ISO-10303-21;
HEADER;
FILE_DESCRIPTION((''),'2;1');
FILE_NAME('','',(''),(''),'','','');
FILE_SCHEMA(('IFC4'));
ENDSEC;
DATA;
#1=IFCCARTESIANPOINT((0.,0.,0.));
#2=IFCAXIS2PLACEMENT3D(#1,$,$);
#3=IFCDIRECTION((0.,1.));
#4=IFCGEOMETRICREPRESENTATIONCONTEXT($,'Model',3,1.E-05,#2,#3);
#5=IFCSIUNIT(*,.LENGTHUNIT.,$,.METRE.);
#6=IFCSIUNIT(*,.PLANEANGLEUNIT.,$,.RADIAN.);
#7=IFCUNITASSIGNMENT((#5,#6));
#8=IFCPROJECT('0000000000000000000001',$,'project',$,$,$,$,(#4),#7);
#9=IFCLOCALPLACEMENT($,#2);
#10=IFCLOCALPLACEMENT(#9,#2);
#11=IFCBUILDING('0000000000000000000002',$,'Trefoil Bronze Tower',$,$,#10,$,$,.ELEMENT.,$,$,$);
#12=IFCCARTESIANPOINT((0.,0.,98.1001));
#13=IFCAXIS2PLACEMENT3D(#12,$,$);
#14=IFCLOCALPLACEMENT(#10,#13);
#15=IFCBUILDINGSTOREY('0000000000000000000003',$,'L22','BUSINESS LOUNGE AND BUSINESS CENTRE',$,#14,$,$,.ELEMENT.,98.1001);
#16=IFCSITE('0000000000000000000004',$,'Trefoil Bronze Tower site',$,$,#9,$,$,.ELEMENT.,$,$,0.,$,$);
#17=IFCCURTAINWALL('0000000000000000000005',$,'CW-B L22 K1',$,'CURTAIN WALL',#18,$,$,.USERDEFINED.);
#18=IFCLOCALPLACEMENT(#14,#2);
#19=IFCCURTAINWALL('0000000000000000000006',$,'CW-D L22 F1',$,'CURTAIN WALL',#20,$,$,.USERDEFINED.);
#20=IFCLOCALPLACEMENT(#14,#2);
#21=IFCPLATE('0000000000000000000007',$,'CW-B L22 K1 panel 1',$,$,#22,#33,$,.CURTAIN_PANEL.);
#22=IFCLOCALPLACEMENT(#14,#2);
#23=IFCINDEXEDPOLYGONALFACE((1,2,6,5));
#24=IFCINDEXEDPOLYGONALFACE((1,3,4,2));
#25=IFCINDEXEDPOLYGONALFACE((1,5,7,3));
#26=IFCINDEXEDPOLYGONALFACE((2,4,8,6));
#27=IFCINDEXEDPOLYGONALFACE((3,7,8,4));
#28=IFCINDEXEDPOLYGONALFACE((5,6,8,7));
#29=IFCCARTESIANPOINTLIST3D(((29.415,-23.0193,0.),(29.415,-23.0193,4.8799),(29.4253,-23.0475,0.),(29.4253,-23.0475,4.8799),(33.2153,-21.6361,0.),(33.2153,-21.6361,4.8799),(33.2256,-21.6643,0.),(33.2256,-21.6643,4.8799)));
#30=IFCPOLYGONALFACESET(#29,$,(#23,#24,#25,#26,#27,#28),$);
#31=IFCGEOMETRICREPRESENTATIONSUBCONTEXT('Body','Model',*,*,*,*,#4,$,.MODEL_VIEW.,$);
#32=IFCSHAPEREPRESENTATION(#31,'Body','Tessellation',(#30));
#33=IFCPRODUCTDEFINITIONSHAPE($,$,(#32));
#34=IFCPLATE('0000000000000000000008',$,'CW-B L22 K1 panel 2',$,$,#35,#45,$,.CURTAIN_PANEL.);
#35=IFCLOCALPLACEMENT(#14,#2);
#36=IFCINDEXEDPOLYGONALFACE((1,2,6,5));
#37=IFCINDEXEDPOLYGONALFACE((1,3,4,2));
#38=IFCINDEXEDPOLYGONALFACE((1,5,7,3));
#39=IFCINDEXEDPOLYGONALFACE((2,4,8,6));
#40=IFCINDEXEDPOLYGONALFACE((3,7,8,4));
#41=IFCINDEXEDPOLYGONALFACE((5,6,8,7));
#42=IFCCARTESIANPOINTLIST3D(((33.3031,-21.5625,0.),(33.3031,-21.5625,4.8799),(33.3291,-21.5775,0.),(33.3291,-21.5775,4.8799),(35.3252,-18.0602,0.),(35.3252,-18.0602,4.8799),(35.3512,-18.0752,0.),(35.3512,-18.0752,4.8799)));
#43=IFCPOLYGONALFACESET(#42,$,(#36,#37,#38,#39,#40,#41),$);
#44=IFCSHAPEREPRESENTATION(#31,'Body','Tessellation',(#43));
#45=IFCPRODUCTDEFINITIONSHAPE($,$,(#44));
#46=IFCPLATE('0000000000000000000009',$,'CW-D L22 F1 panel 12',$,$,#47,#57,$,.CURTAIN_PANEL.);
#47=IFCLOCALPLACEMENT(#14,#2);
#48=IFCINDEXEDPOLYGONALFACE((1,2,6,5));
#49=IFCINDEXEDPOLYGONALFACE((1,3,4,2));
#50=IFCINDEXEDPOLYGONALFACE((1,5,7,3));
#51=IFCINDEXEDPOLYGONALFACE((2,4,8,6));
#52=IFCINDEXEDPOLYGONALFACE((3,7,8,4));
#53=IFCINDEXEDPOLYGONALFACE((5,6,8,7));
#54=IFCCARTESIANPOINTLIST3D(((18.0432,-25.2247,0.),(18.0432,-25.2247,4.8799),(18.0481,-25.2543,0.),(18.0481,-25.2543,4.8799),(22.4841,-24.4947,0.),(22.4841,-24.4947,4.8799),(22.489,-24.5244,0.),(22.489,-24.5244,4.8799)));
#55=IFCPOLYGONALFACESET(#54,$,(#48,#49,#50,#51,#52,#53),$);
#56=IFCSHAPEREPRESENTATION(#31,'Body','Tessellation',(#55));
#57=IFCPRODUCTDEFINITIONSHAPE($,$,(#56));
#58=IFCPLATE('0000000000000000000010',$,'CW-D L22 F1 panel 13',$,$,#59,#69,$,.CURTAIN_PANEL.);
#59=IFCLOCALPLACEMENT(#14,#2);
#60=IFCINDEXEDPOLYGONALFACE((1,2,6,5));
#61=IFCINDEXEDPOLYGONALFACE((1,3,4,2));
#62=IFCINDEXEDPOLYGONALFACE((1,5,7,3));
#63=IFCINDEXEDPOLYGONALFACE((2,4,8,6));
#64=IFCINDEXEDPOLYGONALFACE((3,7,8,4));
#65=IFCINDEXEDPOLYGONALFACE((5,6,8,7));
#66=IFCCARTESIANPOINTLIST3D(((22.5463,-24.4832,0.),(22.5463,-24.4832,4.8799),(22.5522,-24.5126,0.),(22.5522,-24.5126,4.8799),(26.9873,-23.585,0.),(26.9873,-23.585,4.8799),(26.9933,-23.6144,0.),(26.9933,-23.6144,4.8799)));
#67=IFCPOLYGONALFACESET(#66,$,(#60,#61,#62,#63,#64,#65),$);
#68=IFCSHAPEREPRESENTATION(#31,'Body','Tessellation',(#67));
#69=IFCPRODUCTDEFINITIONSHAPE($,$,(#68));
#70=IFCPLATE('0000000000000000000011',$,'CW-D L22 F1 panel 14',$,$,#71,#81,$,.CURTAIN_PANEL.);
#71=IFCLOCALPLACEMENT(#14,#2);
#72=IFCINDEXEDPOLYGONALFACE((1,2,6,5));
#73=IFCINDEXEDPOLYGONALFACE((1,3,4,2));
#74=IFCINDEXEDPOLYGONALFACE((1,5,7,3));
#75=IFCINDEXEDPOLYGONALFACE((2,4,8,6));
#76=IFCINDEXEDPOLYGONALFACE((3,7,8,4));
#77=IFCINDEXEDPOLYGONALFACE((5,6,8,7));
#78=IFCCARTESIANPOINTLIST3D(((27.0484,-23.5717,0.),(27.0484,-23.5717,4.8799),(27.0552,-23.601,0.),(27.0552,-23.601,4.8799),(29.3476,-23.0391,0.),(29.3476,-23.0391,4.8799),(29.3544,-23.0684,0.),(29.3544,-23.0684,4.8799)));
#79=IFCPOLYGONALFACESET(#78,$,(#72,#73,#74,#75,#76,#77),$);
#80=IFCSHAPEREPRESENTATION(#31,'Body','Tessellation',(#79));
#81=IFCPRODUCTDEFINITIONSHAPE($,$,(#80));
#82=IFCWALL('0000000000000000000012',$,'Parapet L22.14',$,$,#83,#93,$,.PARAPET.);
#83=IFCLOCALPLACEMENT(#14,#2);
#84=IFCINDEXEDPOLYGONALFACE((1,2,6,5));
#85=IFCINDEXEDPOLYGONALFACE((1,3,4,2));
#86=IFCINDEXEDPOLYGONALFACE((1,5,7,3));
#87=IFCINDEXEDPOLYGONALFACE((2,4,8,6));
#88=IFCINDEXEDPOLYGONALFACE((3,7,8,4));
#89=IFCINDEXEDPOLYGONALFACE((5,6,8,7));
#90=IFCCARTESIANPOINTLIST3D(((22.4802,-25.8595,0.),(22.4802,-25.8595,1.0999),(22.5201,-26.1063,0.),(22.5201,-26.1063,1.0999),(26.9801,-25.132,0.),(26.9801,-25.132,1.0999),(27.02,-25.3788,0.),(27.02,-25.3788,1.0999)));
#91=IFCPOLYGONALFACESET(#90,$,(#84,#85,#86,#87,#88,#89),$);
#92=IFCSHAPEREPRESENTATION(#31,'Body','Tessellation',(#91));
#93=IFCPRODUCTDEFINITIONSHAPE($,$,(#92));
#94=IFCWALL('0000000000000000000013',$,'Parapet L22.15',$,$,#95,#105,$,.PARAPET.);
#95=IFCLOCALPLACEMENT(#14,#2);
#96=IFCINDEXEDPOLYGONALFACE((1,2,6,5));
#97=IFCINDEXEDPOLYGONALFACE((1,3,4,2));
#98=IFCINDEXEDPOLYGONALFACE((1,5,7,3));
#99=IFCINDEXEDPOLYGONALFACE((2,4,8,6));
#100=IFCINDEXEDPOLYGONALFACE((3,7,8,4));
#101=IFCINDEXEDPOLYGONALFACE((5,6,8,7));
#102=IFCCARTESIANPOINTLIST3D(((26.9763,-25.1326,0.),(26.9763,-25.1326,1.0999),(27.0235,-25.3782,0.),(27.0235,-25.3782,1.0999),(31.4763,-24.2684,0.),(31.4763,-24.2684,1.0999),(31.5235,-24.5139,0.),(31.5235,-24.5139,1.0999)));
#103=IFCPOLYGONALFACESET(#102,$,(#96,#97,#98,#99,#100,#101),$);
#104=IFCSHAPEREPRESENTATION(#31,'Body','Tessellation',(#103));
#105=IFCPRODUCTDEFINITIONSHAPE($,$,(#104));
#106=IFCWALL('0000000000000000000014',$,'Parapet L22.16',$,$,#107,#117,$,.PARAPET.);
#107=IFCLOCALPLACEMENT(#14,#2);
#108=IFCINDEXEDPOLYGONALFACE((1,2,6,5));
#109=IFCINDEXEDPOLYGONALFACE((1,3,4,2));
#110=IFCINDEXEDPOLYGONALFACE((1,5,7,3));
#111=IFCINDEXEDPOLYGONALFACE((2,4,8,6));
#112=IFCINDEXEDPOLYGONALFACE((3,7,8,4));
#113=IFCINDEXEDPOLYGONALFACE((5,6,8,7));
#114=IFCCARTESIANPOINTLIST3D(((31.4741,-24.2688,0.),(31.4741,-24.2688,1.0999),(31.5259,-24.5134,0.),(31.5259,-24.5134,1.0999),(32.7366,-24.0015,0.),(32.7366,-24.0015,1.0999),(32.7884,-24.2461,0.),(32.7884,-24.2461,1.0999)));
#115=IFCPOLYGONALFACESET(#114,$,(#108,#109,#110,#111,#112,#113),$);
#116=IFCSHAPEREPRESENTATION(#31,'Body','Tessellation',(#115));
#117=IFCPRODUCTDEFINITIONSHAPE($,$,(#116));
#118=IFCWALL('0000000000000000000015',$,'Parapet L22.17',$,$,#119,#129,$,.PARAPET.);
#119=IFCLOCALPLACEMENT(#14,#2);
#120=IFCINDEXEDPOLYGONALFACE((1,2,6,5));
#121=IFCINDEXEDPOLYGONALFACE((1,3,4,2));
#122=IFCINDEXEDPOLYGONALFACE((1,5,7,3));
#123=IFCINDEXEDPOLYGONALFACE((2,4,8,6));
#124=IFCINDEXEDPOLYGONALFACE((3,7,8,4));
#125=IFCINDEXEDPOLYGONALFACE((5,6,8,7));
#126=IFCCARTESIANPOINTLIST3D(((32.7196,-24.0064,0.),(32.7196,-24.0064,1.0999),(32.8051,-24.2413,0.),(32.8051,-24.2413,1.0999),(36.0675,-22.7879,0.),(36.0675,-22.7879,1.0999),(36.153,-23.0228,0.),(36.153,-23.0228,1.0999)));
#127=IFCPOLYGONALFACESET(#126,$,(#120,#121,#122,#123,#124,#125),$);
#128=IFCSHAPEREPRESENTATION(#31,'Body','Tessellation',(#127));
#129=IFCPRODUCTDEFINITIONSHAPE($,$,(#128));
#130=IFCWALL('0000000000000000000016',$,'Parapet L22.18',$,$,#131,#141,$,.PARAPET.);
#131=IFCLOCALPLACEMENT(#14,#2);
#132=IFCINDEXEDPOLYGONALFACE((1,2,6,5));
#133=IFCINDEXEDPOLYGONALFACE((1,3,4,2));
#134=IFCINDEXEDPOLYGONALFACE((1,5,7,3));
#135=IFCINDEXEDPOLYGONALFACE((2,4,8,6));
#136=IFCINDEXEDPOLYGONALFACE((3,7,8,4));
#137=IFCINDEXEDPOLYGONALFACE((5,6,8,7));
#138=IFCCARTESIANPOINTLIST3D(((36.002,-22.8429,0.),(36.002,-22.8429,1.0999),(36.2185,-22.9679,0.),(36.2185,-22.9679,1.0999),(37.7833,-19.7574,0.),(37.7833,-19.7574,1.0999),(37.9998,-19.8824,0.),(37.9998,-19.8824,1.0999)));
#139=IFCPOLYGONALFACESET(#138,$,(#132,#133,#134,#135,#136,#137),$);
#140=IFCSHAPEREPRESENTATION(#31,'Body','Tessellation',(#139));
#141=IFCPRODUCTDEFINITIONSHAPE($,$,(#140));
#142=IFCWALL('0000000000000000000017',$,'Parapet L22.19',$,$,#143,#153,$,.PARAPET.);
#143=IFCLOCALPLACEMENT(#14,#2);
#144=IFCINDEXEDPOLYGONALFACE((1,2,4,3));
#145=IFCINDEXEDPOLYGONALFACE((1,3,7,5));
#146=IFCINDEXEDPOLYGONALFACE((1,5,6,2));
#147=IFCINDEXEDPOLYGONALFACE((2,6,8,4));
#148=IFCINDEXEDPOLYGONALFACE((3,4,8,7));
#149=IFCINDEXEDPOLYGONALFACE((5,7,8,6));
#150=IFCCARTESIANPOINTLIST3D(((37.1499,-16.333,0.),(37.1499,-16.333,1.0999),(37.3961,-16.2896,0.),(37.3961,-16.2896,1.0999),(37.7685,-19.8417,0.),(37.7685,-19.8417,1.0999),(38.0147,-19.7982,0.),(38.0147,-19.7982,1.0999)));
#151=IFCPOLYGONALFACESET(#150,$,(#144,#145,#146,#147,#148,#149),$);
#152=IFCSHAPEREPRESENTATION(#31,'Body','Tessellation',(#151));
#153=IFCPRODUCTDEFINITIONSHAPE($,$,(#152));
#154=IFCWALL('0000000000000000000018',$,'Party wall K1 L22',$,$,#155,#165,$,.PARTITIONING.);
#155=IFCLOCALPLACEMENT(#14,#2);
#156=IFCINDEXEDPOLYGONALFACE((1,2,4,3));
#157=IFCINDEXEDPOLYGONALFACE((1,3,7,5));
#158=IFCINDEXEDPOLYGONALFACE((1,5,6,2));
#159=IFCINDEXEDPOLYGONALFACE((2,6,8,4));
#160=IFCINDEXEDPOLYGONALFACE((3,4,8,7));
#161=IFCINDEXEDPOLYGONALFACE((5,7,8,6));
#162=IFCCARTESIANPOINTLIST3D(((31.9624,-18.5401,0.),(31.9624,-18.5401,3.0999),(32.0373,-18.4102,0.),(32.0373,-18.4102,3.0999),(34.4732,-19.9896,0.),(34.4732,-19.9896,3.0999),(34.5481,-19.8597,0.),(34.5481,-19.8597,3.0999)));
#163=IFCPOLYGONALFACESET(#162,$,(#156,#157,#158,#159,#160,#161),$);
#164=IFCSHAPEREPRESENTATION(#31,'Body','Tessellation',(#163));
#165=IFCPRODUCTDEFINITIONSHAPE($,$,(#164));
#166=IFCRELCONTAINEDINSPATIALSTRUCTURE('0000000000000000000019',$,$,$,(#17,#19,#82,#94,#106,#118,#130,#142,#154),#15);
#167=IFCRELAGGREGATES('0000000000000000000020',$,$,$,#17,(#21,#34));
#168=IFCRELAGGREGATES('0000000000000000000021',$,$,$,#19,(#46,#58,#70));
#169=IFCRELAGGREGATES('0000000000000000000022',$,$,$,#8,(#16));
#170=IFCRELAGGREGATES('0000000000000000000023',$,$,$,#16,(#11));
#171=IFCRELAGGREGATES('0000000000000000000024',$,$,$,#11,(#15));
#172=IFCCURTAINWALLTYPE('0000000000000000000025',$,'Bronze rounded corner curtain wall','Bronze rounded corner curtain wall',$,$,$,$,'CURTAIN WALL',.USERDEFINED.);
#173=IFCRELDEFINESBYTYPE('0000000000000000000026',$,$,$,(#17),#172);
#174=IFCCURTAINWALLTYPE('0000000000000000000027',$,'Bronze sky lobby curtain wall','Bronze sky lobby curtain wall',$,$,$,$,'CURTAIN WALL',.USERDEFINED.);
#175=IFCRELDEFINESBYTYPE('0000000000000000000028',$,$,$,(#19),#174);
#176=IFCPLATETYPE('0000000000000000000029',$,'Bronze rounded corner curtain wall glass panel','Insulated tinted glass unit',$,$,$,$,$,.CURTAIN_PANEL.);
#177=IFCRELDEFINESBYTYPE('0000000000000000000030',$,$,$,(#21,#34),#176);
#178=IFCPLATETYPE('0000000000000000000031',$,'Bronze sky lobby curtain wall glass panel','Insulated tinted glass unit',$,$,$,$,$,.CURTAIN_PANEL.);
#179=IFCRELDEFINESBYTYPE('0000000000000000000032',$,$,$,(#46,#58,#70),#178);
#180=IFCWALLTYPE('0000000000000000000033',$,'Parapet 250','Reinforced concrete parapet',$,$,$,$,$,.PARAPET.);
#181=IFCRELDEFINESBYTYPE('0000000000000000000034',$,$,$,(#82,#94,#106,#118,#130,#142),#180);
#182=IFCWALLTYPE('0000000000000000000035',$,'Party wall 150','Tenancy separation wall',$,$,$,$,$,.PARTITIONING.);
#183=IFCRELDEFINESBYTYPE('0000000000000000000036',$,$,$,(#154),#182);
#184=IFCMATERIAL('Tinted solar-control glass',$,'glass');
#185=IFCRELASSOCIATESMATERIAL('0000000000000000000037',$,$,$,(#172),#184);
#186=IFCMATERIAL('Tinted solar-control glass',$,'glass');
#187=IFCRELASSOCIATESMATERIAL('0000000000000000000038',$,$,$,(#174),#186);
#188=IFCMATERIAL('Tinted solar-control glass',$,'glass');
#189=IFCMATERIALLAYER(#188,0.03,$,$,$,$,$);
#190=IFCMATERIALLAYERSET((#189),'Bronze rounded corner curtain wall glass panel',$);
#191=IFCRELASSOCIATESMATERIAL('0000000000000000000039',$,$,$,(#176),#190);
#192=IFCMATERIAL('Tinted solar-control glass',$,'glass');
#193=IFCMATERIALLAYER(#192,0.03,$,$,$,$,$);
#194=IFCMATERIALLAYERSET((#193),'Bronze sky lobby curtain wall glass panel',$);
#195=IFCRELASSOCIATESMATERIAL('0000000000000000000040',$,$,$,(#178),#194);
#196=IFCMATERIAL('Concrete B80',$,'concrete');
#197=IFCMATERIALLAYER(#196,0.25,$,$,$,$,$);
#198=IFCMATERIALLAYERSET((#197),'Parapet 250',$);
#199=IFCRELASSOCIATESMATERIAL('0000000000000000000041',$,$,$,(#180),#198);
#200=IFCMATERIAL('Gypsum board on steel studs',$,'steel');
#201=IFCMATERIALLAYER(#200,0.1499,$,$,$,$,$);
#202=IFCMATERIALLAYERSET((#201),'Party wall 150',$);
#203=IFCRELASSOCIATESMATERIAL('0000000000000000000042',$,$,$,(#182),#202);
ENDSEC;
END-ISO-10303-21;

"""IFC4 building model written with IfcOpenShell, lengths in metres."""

from ifc_helpers import new_model, si_unit, direction, frame, frame_2d, origin, origin_2d, place, context, subcontext, project, spatial, rectangle, extrude, material, layer, layer_set, type_object, element, aggregate, save


model = new_model("IFC4")

# Units and contexts
model_context = context("Model", 3, precision=1e-05, world=origin(), true_north=direction((0.0, 1.0)))
body_context = subcontext(model_context, "Body", "Model", "MODEL_VIEW")
ifc_project = project(units=[si_unit("LENGTHUNIT", "METRE"), si_unit("PLANEANGLEUNIT", "RADIAN")], contexts=[model_context])

# Site, building, storey
site_placement = place(None, origin())
site = spatial("IfcSite", under=ifc_project, at=site_placement, Name="Trefoil Bronze Tower site", CompositionType="ELEMENT", RefElevation=0.0)
building_placement = place(site_placement, origin())
building = spatial("IfcBuilding", under=site, at=building_placement, Name="Trefoil Bronze Tower", CompositionType="ELEMENT")
storey_placement = place(building_placement, frame((0.0, 0.0, 98.1001)))
storey = spatial("IfcBuildingStorey", under=building, at=storey_placement, Name="L22", Description="BUSINESS LOUNGE AND BUSINESS CENTRE", CompositionType="ELEMENT", Elevation=98.1001)

# Curtain walls
ifc_material_1 = material(Name="Tinted solar-control glass", Category="glass")
curtain_wall_type_1 = type_object("IfcCurtainWallType", Name="Bronze rounded corner curtain wall", Description="Bronze rounded corner curtain wall", ElementType="CURTAIN WALL", PredefinedType="USERDEFINED", material=ifc_material_1)
curtain_wall_1_placement = place(storey_placement, origin())
curtain_wall_1 = element("IfcCurtainWall", 1, at=curtain_wall_1_placement, inside=storey, type_object=curtain_wall_type_1, Name="CW-B L22 K1", ObjectType="CURTAIN WALL", PredefinedType="USERDEFINED")
ifc_material_2 = material(Name="Tinted solar-control glass", Category="glass")
curtain_wall_type_2 = type_object("IfcCurtainWallType", Name="Bronze sky lobby curtain wall", Description="Bronze sky lobby curtain wall", ElementType="CURTAIN WALL", PredefinedType="USERDEFINED", material=ifc_material_2)
curtain_wall_2_placement = place(storey_placement, origin())
curtain_wall_2 = element("IfcCurtainWall", 2, at=curtain_wall_2_placement, inside=storey, type_object=curtain_wall_type_2, Name="CW-D L22 F1", ObjectType="CURTAIN WALL", PredefinedType="USERDEFINED")

# Plates
ifc_material_3 = material(Name="Tinted solar-control glass", Category="glass")
ifc_layer_1 = layer(ifc_material_3, 0.03)
ifc_layer_set_1 = layer_set([ifc_layer_1], Name="Bronze rounded corner curtain wall glass panel")
plate_type_1 = type_object("IfcPlateType", Name="Bronze rounded corner curtain wall glass panel", Description="Insulated tinted glass unit", PredefinedType="CURTAIN_PANEL", material=ifc_layer_set_1)
plate_1_placement = place(storey_placement, frame((31.3203, -22.3418, 0.0), z_axis=(0.0, 0.0, 1.0), x_axis=(0.939693, 0.34202, 0.0)))
plate_1 = element("IfcPlate", 3, at=plate_1_placement, type_object=plate_type_1, Name="CW-B L22 K1 panel 1", PredefinedType="CURTAIN_PANEL", context=body_context, shape_type="SweptSolid", body=[
    extrude(rectangle(XDim=4.0442, YDim=0.03, at=origin_2d()), origin(), (0.0, 0.0, 1.0), 4.8799),
])
plate_2_placement = place(storey_placement, frame((34.3271, -19.8188, 0.0), z_axis=(0.0, 0.0, 1.0), x_axis=(0.5, 0.866025, 0.0)))
plate_2 = element("IfcPlate", 4, at=plate_2_placement, type_object=plate_type_1, Name="CW-B L22 K1 panel 2", PredefinedType="CURTAIN_PANEL", context=body_context, shape_type="SweptSolid", body=[
    extrude(rectangle(XDim=4.0442, YDim=0.03, at=origin_2d()), origin(), (0.0, 0.0, 1.0), 4.8799),
])
aggregate(curtain_wall_1, [plate_1, plate_2])
ifc_material_4 = material(Name="Tinted solar-control glass", Category="glass")
ifc_layer_2 = layer(ifc_material_4, 0.03)
ifc_layer_set_2 = layer_set([ifc_layer_2], Name="Bronze sky lobby curtain wall glass panel")
plate_type_2 = type_object("IfcPlateType", Name="Bronze sky lobby curtain wall glass panel", Description="Insulated tinted glass unit", PredefinedType="CURTAIN_PANEL", material=ifc_layer_set_2)
plate_3_placement = place(storey_placement, frame((20.2661, -24.8745, 0.0), z_axis=(0.0, 0.0, 1.0), x_axis=(0.98676, 0.162189, 0.0)))
plate_3 = element("IfcPlate", 5, at=plate_3_placement, type_object=plate_type_2, Name="CW-D L22 F1 panel 12", PredefinedType="CURTAIN_PANEL", context=body_context, shape_type="SweptSolid", body=[
    extrude(rectangle(XDim=4.5005, YDim=0.03, at=origin_2d()), origin(), (0.0, 0.0, 1.0), 4.8799),
])
plate_4_placement = place(storey_placement, frame((24.7698, -24.0488, 0.0), z_axis=(0.0, 0.0, 1.0), x_axis=(0.980155, 0.198232, 0.0)))
plate_4 = element("IfcPlate", 6, at=plate_4_placement, type_object=plate_type_2, Name="CW-D L22 F1 panel 13", PredefinedType="CURTAIN_PANEL", context=body_context, shape_type="SweptSolid", body=[
    extrude(rectangle(XDim=4.531, YDim=0.03, at=origin_2d()), origin(), (0.0, 0.0, 1.0), 4.8799),
])
plate_5_placement = place(storey_placement, frame((28.2014, -23.3201, 0.0), z_axis=(0.0, 0.0, 1.0), x_axis=(0.974204, 0.225667, 0.0)))
plate_5 = element("IfcPlate", 7, at=plate_5_placement, type_object=plate_type_2, Name="CW-D L22 F1 panel 14", PredefinedType="CURTAIN_PANEL", context=body_context, shape_type="SweptSolid", body=[
    extrude(rectangle(XDim=2.3601, YDim=0.03, at=origin_2d()), origin(), (0.0, 0.0, 1.0), 4.8799),
])
aggregate(curtain_wall_2, [plate_3, plate_4, plate_5])

# Walls
ifc_material_5 = material(Name="Concrete B80", Category="concrete")
ifc_layer_3 = layer(ifc_material_5, 0.25)
ifc_layer_set_3 = layer_set([ifc_layer_3], Name="Parapet 250")
wall_type_1 = type_object("IfcWallType", Name="Parapet 250", Description="Reinforced concrete parapet", PredefinedType="PARAPET", material=ifc_layer_set_3)
wall_1_placement = place(storey_placement, frame((22.5, -25.9829, 0.0), z_axis=(0.0, 0.0, 1.0), x_axis=(0.987181, 0.159603, 0.0)))
element("IfcWall", 8, at=wall_1_placement, inside=storey, type_object=wall_type_1, Name="Parapet L22.14", PredefinedType="PARAPET", context=body_context, shape_type="SweptSolid", body=[
    extrude(rectangle(XDim=4.5583, YDim=0.25, at=frame_2d((2.2793, 0.0))), origin(), (0.0, 0.0, 1.0), 1.0999),
])
wall_2_placement = place(storey_placement, frame((27.0, -25.2554, 0.0), z_axis=(0.0, 0.0, 1.0), x_axis=(0.982052, 0.18861, 0.0)))
element("IfcWall", 9, at=wall_2_placement, inside=storey, type_object=wall_type_1, Name="Parapet L22.15", PredefinedType="PARAPET", context=body_context, shape_type="SweptSolid", body=[
    extrude(rectangle(XDim=4.5823, YDim=0.25, at=frame_2d((2.291, 0.0))), origin(), (0.0, 0.0, 1.0), 1.0999),
])
wall_3_placement = place(storey_placement, frame((31.5, -24.3911, 0.0), z_axis=(0.0, 0.0, 1.0), x_axis=(0.978306, 0.207164, 0.0)))
element("IfcWall", 10, at=wall_3_placement, inside=storey, type_object=wall_type_1, Name="Parapet L22.16", PredefinedType="PARAPET", context=body_context, shape_type="SweptSolid", body=[
    extrude(rectangle(XDim=1.2905, YDim=0.25, at=frame_2d((0.6453, 0.0))), origin(), (0.0, 0.0, 1.0), 1.0999),
])
for number, where, z_axis, x_axis, name in (
    (11, (32.7625, -24.1238, 0.0), (0.0, 0.0, 1.0), (0.939695, 0.342013, 0.0), "Parapet L22.17"),
    (12, (36.1104, -22.9053, 0.0), (0.0, 0.0, 1.0), (0.499972, 0.866042, 0.0), "Parapet L22.18"),
    (13, (37.8916, -19.8198, 0.0), (0.0, 0.0, 1.0), (-0.173649, 0.984808, 0.0), "Parapet L22.19"),
):
    element("IfcWall", number, at=place(storey_placement, frame(where, z_axis=z_axis, x_axis=x_axis)), inside=storey, type_object=wall_type_1, Name=name, PredefinedType="PARAPET", context=body_context, shape_type="SweptSolid", body=[
        extrude(rectangle(XDim=3.5627, YDim=0.25, at=frame_2d((1.7812, 0.0))), origin(), (0.0, 0.0, 1.0), 1.0999),
    ])
ifc_material_6 = material(Name="Gypsum board on steel studs", Category="steel")
ifc_layer_4 = layer(ifc_material_6, 0.1499)
ifc_layer_set_4 = layer_set([ifc_layer_4], Name="Party wall 150")
wall_type_2 = type_object("IfcWallType", Name="Party wall 150", Description="Tenancy separation wall", PredefinedType="PARTITIONING", material=ifc_layer_set_4)
wall_4_placement = place(storey_placement, frame((31.9998, -18.4751, 0.0), z_axis=(0.0, 0.0, 1.0), x_axis=(0.866043, -0.49997, 0.0)))
element("IfcWall", 14, at=wall_4_placement, inside=storey, type_object=wall_type_2, Name="Party wall K1 L22", PredefinedType="PARTITIONING", context=body_context, shape_type="SweptSolid", body=[
    extrude(rectangle(XDim=2.8992, YDim=0.1499, at=frame_2d((1.4497, 0.0))), origin(), (0.0, 0.0, 1.0), 3.0999),
])

save(model, "model.ifc")
